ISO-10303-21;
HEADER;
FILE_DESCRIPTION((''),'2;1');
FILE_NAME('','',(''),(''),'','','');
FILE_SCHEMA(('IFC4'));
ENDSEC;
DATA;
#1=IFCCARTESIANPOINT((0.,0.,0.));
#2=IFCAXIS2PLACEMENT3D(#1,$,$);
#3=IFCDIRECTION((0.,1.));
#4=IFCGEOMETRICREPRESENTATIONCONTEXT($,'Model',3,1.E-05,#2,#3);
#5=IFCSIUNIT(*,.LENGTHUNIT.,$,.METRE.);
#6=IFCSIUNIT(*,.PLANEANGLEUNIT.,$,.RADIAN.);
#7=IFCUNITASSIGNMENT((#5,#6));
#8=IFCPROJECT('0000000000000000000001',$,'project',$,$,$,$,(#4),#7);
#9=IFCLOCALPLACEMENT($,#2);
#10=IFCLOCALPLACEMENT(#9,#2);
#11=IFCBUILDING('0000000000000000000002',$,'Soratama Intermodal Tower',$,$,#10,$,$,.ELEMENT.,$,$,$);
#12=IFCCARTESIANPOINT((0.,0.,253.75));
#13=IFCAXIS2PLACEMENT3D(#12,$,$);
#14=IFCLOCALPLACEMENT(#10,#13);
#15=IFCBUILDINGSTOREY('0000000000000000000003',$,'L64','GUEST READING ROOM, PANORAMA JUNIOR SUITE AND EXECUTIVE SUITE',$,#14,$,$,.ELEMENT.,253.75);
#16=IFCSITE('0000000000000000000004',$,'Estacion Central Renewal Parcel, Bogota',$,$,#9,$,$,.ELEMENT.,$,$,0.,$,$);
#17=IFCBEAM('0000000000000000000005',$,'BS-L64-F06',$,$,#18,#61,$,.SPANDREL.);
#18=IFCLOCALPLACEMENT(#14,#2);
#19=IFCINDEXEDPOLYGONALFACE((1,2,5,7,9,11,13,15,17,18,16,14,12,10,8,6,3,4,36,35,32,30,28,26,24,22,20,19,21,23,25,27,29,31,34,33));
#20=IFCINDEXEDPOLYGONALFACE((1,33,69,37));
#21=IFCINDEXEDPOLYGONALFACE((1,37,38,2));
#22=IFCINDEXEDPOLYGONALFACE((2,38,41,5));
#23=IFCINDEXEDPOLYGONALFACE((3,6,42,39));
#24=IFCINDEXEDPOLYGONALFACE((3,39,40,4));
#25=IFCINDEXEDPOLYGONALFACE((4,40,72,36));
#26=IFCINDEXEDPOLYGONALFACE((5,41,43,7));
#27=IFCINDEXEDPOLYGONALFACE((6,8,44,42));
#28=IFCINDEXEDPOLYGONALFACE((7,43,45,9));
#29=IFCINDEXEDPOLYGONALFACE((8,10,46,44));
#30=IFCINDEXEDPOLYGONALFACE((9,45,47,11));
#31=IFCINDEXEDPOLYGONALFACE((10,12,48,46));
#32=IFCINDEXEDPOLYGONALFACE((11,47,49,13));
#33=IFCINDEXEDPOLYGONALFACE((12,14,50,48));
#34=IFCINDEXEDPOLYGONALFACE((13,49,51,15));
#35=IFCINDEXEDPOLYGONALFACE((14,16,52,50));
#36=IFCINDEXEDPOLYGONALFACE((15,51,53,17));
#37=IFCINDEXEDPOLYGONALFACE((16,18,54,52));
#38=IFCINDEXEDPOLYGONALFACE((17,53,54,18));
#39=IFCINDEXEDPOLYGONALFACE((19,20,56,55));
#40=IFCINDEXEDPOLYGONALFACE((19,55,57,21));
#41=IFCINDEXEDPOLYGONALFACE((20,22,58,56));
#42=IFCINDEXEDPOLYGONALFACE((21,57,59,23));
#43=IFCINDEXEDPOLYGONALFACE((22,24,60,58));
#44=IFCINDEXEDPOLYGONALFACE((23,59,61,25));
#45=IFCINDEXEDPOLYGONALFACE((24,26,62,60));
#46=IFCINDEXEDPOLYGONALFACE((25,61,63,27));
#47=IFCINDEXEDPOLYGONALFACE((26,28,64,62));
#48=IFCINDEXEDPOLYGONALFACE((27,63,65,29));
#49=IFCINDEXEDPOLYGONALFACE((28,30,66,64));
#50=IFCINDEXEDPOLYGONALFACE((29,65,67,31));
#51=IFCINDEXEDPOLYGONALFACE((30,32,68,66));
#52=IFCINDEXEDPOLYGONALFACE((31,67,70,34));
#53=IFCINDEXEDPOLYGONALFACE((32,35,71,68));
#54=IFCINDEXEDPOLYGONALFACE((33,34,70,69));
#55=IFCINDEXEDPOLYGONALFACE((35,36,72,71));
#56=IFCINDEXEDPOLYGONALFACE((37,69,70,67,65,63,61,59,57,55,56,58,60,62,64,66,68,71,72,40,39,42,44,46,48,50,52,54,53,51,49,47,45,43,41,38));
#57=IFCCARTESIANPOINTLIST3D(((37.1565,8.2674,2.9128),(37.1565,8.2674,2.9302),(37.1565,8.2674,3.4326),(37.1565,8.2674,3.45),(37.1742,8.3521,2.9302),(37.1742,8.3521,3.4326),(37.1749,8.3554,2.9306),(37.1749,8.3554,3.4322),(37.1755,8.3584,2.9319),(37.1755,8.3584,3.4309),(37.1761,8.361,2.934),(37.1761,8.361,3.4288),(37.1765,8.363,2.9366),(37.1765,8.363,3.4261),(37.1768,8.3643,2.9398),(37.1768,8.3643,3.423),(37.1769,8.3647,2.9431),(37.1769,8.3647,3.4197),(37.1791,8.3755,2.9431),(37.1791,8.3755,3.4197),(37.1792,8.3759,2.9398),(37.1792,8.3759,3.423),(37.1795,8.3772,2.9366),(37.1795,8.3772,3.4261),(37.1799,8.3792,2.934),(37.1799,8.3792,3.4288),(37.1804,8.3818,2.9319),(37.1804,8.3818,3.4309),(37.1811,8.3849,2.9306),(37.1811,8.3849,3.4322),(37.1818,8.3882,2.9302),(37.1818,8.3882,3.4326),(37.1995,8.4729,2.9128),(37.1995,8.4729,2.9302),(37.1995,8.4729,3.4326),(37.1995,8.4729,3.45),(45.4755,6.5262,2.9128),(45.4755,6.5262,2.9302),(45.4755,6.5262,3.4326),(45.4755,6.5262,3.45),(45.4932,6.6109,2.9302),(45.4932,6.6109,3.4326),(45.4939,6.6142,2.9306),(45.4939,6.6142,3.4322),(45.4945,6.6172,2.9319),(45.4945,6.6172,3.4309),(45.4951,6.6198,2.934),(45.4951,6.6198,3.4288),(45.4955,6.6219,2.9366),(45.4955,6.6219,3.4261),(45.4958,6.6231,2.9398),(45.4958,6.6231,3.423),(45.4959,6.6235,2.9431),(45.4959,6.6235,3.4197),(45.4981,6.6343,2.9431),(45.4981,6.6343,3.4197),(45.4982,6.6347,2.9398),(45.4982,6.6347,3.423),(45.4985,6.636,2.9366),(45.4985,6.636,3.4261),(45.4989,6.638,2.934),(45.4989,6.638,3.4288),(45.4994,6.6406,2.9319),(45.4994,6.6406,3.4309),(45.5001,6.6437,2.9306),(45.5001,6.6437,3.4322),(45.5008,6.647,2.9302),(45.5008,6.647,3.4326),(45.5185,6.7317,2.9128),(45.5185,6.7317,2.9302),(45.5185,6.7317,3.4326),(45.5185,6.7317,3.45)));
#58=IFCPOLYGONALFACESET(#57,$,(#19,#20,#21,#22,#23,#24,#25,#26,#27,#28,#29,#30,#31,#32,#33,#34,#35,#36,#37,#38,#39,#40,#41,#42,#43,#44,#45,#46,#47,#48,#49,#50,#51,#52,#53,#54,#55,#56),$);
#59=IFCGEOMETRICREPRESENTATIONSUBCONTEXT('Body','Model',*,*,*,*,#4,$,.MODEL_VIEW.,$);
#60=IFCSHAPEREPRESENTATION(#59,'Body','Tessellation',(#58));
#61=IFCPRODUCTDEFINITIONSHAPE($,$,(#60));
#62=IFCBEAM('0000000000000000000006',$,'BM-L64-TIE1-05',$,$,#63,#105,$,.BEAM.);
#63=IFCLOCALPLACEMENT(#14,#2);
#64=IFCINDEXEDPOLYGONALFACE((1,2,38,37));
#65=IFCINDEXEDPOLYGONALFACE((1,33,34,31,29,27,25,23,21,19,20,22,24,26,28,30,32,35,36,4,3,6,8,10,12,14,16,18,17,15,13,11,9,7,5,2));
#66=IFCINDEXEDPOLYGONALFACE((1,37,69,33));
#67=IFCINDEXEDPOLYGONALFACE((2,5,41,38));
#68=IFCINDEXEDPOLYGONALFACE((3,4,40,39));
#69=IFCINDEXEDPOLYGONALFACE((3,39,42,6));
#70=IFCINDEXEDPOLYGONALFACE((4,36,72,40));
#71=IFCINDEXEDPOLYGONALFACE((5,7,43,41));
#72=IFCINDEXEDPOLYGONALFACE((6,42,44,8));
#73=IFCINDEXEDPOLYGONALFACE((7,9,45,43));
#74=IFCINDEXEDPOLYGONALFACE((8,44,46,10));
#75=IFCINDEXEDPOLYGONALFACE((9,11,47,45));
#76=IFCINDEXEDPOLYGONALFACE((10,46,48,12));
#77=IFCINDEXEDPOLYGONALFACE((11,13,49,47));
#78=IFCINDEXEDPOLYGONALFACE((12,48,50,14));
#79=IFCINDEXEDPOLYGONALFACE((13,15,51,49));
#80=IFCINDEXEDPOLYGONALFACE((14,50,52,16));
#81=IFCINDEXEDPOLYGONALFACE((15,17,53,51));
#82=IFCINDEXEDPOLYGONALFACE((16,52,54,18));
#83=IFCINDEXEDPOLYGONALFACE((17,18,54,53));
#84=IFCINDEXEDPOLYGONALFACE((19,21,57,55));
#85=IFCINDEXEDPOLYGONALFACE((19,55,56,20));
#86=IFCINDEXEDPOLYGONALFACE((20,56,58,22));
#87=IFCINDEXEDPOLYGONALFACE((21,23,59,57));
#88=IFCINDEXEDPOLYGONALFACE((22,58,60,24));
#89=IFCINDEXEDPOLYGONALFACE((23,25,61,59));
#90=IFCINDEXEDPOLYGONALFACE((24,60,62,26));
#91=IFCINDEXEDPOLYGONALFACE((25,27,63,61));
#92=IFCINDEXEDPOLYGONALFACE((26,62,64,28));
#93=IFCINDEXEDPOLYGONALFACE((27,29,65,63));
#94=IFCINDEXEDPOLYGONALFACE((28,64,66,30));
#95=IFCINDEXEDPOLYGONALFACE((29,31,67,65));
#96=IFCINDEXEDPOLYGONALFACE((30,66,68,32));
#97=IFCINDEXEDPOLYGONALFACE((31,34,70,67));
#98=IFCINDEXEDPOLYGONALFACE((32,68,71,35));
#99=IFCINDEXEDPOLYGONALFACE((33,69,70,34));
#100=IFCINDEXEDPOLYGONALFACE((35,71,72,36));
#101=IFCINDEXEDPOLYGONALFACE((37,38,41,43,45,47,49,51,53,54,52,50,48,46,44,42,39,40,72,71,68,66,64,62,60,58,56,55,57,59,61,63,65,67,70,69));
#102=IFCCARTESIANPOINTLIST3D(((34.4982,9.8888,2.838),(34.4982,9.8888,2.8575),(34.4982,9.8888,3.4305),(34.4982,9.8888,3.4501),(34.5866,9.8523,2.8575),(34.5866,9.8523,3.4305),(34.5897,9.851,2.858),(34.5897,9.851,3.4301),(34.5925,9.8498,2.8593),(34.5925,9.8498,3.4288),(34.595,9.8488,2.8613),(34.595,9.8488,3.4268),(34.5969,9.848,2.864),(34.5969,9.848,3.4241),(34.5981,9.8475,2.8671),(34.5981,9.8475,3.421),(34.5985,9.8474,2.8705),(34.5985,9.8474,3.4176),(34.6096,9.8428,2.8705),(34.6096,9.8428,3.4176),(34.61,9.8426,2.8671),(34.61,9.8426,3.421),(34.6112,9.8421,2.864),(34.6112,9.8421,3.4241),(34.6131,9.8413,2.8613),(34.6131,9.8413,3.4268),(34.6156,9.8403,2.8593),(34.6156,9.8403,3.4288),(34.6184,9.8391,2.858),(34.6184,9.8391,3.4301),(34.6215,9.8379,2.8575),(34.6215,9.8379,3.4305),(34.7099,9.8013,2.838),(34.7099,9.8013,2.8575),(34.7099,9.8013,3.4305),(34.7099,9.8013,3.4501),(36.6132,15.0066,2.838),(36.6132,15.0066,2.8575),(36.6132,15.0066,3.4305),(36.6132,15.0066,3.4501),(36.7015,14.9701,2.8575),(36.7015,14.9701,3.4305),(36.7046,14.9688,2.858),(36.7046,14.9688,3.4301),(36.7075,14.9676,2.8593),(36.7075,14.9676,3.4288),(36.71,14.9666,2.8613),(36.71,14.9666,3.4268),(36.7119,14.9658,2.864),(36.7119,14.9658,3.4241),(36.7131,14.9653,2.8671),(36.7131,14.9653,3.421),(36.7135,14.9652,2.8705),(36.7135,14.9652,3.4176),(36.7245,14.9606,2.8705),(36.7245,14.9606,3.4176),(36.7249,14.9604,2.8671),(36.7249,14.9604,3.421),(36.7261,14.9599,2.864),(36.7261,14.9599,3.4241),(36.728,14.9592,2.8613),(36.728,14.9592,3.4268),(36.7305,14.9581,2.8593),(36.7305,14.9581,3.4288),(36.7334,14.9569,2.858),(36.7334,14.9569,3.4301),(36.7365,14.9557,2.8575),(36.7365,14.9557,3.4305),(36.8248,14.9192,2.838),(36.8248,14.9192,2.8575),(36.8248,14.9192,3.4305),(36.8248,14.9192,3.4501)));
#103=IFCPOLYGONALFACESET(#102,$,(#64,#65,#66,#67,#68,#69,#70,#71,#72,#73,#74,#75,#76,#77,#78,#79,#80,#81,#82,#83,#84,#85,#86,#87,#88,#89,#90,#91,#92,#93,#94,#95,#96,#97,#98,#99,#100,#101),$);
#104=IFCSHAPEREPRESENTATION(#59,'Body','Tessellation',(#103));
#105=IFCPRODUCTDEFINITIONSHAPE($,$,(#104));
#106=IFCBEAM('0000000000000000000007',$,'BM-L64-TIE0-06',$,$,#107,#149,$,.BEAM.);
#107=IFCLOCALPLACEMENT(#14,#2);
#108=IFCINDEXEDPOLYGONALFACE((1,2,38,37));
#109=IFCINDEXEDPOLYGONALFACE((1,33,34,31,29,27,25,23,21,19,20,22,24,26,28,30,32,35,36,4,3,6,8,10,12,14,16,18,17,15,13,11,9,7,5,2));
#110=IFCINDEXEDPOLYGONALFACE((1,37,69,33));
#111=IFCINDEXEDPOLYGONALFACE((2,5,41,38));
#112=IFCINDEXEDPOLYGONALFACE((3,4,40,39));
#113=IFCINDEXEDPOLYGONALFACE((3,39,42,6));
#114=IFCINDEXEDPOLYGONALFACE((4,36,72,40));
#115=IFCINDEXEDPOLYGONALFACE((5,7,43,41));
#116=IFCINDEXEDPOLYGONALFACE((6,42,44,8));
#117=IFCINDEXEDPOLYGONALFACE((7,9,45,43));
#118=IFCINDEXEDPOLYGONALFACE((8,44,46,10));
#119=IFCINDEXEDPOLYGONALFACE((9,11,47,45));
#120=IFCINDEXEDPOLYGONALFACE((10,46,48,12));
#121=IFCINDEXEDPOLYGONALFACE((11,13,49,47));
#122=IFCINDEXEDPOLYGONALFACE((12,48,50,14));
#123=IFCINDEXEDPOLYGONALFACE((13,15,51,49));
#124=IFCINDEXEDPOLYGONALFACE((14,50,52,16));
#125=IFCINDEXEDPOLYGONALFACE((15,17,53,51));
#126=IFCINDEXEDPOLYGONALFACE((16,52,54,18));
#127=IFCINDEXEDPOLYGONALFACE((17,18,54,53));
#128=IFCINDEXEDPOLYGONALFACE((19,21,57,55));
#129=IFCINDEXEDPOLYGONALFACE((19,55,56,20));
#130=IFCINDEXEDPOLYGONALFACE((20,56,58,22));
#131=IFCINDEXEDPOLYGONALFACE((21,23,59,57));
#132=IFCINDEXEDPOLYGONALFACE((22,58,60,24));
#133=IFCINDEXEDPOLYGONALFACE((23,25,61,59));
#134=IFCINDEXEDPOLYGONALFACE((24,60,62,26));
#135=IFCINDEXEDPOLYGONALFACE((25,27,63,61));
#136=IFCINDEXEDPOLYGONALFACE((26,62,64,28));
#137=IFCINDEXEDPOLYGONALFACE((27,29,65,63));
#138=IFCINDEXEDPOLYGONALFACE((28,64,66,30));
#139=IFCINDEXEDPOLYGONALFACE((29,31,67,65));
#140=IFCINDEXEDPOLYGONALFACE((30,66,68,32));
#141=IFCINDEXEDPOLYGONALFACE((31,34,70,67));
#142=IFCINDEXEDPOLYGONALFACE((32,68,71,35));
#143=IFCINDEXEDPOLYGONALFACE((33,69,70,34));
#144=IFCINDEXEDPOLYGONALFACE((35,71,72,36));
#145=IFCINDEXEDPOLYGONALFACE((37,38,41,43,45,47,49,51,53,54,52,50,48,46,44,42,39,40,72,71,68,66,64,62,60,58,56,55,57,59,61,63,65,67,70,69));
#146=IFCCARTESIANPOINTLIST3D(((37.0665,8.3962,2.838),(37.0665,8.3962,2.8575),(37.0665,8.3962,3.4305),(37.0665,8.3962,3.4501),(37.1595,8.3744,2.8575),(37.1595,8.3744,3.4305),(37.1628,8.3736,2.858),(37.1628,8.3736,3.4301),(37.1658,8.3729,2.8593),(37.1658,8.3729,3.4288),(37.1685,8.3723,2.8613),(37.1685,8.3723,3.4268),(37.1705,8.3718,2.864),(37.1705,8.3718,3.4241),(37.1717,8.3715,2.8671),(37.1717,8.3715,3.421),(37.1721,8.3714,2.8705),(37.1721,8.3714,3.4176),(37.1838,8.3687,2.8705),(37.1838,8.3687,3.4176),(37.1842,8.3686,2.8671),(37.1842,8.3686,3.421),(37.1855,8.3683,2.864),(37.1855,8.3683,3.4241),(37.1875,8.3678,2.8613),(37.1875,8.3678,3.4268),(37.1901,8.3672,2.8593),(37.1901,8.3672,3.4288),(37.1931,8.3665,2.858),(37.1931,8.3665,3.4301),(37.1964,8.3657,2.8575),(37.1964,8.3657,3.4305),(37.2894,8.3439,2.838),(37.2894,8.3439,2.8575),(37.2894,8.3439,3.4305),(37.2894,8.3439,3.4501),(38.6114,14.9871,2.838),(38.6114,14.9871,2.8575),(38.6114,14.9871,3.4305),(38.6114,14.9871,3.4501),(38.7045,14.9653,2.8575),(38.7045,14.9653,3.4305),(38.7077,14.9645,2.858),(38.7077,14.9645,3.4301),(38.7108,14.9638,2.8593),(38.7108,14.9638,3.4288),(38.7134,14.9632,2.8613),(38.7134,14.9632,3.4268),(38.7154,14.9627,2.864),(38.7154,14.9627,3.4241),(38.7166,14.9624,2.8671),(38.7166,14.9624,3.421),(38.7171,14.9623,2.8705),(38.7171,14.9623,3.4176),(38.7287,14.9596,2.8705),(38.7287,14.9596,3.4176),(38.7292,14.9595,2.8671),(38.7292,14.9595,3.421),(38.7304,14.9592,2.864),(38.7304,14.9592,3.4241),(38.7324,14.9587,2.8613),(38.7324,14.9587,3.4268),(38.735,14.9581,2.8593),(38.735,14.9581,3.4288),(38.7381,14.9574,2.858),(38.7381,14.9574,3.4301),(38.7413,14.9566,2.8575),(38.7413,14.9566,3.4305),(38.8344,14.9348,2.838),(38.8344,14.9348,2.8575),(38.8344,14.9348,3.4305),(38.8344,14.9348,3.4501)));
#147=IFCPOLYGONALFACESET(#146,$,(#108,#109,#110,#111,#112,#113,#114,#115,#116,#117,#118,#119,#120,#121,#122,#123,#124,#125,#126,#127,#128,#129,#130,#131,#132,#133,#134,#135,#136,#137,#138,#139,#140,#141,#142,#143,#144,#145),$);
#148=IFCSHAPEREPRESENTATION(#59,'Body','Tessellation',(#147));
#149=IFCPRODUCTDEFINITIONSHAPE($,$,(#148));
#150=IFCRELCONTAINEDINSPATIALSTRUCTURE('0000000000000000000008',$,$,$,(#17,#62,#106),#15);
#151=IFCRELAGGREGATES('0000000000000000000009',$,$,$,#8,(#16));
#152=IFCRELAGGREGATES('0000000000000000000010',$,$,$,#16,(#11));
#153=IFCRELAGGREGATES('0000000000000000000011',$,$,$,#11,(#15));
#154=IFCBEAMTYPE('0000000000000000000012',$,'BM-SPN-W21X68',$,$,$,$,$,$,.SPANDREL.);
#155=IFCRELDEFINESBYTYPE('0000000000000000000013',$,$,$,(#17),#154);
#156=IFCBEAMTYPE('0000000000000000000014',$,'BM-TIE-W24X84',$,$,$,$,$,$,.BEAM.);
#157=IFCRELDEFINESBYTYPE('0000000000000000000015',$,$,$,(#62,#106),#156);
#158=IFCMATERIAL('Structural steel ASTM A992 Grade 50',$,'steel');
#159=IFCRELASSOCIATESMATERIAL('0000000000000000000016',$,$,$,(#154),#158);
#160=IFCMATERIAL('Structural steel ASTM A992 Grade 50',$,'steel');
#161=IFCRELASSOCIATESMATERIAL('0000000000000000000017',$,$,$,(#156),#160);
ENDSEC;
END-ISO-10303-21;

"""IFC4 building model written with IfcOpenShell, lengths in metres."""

from ifc_helpers import new_model, si_unit, direction, frame, origin, origin_2d, place, context, subcontext, project, spatial, i_section, extrude, material, material_profile, profile_set, type_object, element, save


model = new_model("IFC4")

# Units and contexts
model_context = context("Model", 3, precision=1e-05, world=origin(), true_north=direction((0.0, 1.0)))
body_context = subcontext(model_context, "Body", "Model", "MODEL_VIEW")
ifc_project = project(units=[si_unit("LENGTHUNIT", "METRE"), si_unit("PLANEANGLEUNIT", "RADIAN")], contexts=[model_context])

# Site, building, storey
site_placement = place(None, origin())
site = spatial("IfcSite", under=ifc_project, at=site_placement, Name="Estacion Central Renewal Parcel, Bogota", CompositionType="ELEMENT", RefElevation=0.0)
building_placement = place(site_placement, origin())
building = spatial("IfcBuilding", under=site, at=building_placement, Name="Soratama Intermodal Tower", CompositionType="ELEMENT")
storey_placement = place(building_placement, frame((0.0, 0.0, 253.75)))
storey = spatial("IfcBuildingStorey", under=building, at=storey_placement, Name="L64", Description="GUEST READING ROOM, PANORAMA JUNIOR SUITE AND EXECUTIVE SUITE", CompositionType="ELEMENT", Elevation=253.75)

# Beams
ifc_material_1 = material(Name="Structural steel ASTM A992 Grade 50", Category="steel")
ifc_material_profile_1 = material_profile(ifc_material_1, i_section(OverallWidth=0.21, OverallDepth=0.5371, WebThickness=0.011, FlangeThickness=0.0173, FilletRadius=0.0129, at=origin_2d()), Name="W21X68")
ifc_profile_set_1 = profile_set([ifc_material_profile_1], Name="Structural steel ASTM A992 Grade 50")
beam_type_1 = type_object("IfcBeamType", Name="BM-SPN-W21X68", PredefinedType="SPANDREL", material=ifc_profile_set_1)
beam_1_placement = place(storey_placement, frame((37.178, 8.3701, 3.1814), z_axis=(0.97879, -0.204864, 0.0), x_axis=(0.204864, 0.97879, 0.0)))
element("IfcBeam", 1, at=beam_1_placement, inside=storey, type_object=beam_type_1, Name="BS-L64-F06", PredefinedType="SPANDREL", context=body_context, shape_type="SweptSolid", body=[
    extrude(i_section(OverallWidth=0.21, OverallDepth=0.5371, WebThickness=0.011, FlangeThickness=0.0173, FilletRadius=0.0129, at=origin_2d()), origin(), (0.0, 0.0, 1.0), 8.4993),
])
ifc_material_2 = material(Name="Structural steel ASTM A992 Grade 50", Category="steel")
ifc_material_profile_2 = material_profile(ifc_material_2, i_section(OverallWidth=0.229, OverallDepth=0.6121, WebThickness=0.012, FlangeThickness=0.0195, FilletRadius=0.0129, at=origin_2d()), Name="W24X84")
ifc_profile_set_2 = profile_set([ifc_material_profile_2], Name="Structural steel ASTM A992 Grade 50")
beam_type_2 = type_object("IfcBeamType", Name="BM-TIE-W24X84", PredefinedType="BEAM", material=ifc_profile_set_2)
beam_2_placement = place(storey_placement, frame((36.719, 14.9629, 3.144), z_axis=(-0.381925, -0.924193, 0.0), x_axis=(0.924193, -0.381925, 0.0)))
element("IfcBeam", 2, at=beam_2_placement, inside=storey, type_object=beam_type_2, Name="BM-L64-TIE1-05", PredefinedType="BEAM", context=body_context, shape_type="SweptSolid", body=[
    extrude(i_section(OverallWidth=0.229, OverallDepth=0.6121, WebThickness=0.012, FlangeThickness=0.0195, FilletRadius=0.0129, at=origin_2d()), origin(), (0.0, 0.0, 1.0), 5.5376),
])
beam_3_placement = place(storey_placement, frame((38.7229, 14.9609, 3.144), z_axis=(-0.228219, -0.97361, 0.0), x_axis=(0.97361, -0.228219, 0.0)))
element("IfcBeam", 3, at=beam_3_placement, inside=storey, type_object=beam_type_2, Name="BM-L64-TIE0-06", PredefinedType="BEAM", context=body_context, shape_type="SweptSolid", body=[
    extrude(i_section(OverallWidth=0.229, OverallDepth=0.6121, WebThickness=0.012, FlangeThickness=0.0195, FilletRadius=0.0129, at=origin_2d()), origin(), (0.0, 0.0, 1.0), 6.7695),
])

save(model, "model.ifc")
